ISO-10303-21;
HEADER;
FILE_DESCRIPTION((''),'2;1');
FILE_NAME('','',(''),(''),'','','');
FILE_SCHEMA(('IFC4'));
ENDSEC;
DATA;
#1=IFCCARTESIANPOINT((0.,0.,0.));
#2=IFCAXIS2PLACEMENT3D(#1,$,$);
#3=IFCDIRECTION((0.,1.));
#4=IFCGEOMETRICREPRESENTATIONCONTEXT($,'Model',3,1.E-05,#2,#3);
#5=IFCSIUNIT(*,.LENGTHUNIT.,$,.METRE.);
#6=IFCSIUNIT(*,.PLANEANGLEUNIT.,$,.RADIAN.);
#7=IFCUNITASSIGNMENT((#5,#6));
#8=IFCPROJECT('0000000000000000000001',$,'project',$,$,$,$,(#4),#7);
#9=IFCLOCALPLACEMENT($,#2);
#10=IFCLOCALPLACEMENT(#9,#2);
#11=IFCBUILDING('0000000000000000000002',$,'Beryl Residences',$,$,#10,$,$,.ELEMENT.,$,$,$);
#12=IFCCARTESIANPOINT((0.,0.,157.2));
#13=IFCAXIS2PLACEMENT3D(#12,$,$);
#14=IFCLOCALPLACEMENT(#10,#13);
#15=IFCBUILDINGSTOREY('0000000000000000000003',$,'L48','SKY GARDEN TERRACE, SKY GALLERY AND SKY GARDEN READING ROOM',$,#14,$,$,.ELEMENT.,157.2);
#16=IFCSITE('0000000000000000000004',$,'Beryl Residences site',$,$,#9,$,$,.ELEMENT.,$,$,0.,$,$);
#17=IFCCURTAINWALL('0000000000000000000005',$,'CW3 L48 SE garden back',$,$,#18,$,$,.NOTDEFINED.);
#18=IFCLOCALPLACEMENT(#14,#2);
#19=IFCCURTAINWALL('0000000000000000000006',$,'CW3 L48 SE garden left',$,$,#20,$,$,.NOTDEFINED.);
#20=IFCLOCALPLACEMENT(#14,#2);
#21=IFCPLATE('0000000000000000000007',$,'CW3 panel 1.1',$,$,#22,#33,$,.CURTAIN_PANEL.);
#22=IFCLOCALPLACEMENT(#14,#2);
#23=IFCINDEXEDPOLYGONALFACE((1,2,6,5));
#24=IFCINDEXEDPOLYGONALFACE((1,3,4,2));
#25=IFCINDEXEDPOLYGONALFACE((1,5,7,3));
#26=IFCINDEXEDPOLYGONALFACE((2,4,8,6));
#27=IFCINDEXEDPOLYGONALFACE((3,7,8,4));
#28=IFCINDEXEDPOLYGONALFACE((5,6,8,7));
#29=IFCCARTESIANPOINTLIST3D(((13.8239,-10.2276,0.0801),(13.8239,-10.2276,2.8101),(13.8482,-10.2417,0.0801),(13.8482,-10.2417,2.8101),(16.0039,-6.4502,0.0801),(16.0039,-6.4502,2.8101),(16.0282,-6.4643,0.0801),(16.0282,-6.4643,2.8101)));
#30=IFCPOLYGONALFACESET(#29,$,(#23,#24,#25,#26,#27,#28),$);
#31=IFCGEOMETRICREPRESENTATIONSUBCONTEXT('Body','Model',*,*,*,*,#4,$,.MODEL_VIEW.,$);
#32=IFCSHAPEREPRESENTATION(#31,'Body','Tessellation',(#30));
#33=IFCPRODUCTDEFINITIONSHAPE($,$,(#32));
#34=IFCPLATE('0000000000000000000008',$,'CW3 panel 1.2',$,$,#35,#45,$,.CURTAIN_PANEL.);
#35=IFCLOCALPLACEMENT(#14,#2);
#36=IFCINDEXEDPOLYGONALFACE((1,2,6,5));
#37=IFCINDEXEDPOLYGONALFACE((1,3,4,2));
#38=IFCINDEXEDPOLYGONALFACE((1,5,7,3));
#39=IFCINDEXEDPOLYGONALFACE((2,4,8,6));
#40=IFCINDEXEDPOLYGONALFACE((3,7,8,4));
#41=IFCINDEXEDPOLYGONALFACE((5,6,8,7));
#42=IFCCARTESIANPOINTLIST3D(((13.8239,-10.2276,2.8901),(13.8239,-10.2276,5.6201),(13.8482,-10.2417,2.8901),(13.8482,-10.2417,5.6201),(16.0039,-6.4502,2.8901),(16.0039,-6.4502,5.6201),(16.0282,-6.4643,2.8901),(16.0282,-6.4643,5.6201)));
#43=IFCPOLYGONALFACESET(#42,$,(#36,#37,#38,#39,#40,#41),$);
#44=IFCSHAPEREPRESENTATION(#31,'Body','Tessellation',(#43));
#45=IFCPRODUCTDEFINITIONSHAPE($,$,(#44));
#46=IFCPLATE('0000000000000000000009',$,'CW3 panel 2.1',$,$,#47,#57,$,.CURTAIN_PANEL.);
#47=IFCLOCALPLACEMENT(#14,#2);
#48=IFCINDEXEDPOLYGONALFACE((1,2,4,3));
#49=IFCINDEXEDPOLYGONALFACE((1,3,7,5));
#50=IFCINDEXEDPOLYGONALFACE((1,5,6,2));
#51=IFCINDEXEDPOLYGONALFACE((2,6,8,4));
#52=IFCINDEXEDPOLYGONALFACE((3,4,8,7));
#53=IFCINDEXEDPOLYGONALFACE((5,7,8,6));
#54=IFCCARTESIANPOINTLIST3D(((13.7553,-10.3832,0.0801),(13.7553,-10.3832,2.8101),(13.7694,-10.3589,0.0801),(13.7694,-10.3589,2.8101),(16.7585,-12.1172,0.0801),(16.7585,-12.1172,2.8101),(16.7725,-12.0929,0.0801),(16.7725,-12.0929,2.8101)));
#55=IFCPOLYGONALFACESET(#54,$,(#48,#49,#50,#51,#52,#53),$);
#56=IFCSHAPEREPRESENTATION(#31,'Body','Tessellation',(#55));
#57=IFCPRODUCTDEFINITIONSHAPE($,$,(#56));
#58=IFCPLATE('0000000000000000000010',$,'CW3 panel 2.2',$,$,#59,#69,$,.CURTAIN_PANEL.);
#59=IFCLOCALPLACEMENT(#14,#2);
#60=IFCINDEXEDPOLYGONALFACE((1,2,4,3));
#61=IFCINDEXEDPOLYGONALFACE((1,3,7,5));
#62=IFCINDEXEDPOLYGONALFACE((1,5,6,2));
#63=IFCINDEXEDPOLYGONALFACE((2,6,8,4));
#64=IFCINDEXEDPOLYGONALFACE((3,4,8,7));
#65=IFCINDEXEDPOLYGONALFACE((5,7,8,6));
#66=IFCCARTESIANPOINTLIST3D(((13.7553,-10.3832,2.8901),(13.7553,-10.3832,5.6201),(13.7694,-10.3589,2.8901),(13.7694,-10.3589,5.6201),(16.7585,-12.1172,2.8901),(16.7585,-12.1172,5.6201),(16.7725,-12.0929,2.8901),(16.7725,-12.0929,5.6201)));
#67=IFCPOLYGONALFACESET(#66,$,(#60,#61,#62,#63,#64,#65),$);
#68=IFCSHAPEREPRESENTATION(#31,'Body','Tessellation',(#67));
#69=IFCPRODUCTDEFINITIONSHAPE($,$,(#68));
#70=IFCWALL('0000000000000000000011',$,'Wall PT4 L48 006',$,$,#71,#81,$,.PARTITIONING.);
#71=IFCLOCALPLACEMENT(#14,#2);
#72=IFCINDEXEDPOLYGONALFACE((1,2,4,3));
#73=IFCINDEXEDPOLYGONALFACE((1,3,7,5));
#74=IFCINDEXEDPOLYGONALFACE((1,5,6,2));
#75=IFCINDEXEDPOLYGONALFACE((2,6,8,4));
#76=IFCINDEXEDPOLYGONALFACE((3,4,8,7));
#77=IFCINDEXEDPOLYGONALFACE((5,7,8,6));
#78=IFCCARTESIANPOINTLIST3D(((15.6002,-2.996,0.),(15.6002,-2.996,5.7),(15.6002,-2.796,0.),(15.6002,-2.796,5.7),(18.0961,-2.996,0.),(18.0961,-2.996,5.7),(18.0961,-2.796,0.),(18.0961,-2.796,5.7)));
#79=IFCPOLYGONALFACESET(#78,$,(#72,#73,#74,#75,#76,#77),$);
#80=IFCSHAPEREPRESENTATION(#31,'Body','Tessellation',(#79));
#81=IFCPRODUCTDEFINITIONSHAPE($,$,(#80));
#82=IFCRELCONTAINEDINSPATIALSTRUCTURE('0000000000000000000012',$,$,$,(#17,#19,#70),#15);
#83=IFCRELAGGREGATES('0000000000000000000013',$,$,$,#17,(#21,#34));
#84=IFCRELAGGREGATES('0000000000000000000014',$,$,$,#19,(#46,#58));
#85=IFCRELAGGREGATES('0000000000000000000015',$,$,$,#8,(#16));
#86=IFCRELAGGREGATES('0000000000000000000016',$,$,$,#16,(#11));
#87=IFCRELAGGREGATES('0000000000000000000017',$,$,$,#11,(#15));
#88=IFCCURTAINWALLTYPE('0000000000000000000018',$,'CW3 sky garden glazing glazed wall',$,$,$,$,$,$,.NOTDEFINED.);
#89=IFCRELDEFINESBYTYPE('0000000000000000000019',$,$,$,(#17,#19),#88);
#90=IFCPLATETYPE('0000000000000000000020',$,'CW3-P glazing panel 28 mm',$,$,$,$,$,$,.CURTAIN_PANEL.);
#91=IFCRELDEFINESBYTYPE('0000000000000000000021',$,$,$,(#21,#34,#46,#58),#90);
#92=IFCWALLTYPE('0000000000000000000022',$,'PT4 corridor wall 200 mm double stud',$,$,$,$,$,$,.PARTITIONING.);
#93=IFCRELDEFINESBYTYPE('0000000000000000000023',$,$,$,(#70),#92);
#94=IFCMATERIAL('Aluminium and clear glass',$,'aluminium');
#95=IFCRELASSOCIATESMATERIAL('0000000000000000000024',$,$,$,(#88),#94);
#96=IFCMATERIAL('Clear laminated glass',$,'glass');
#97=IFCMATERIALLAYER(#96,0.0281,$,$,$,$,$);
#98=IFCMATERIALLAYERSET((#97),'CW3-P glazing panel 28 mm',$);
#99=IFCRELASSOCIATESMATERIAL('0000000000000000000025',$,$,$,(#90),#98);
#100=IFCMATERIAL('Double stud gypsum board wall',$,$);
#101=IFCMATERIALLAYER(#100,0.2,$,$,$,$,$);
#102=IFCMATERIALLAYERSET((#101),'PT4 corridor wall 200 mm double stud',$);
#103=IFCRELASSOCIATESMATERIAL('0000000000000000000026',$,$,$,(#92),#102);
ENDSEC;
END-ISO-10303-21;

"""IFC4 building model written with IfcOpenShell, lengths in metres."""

from ifc_helpers import new_model, si_unit, direction, frame, frame_2d, origin, origin_2d, place, context, subcontext, project, spatial, rectangle, extrude, material, layer, layer_set, type_object, element, aggregate, save


model = new_model("IFC4")

# Units and contexts
model_context = context("Model", 3, precision=1e-05, world=origin(), true_north=direction((0.0, 1.0)))
body_context = subcontext(model_context, "Body", "Model", "MODEL_VIEW")
ifc_project = project(units=[si_unit("LENGTHUNIT", "METRE"), si_unit("PLANEANGLEUNIT", "RADIAN")], contexts=[model_context])

# Site, building, storey
site_placement = place(None, origin())
site = spatial("IfcSite", under=ifc_project, at=site_placement, Name="Beryl Residences site", CompositionType="ELEMENT", RefElevation=0.0)
building_placement = place(site_placement, origin())
building = spatial("IfcBuilding", under=site, at=building_placement, Name="Beryl Residences", CompositionType="ELEMENT")
storey_placement = place(building_placement, frame((0.0, 0.0, 157.2)))
storey = spatial("IfcBuildingStorey", under=building, at=storey_placement, Name="L48", Description="SKY GARDEN TERRACE, SKY GALLERY AND SKY GARDEN READING ROOM", CompositionType="ELEMENT", Elevation=157.2)

# Curtain wall
ifc_material_1 = material(Name="Aluminium and clear glass", Category="aluminium")
curtain_wall_type = type_object("IfcCurtainWallType", Name="CW3 sky garden glazing glazed wall", PredefinedType="NOTDEFINED", material=ifc_material_1)
curtain_wall_1_placement = place(storey_placement, origin())
curtain_wall_1 = element("IfcCurtainWall", 1, at=curtain_wall_1_placement, inside=storey, type_object=curtain_wall_type, Name="CW3 L48 SE garden back", PredefinedType="NOTDEFINED")

# Curtain wall
curtain_wall_2_placement = place(storey_placement, origin())
curtain_wall_2 = element("IfcCurtainWall", 2, at=curtain_wall_2_placement, inside=storey, type_object=curtain_wall_type, Name="CW3 L48 SE garden left", PredefinedType="NOTDEFINED")

# Plates
ifc_material_2 = material(Name="Clear laminated glass", Category="glass")
ifc_layer_1 = layer(ifc_material_2, 0.0281)
ifc_layer_set_1 = layer_set([ifc_layer_1], Name="CW3-P glazing panel 28 mm")
plate_type = type_object("IfcPlateType", Name="CW3-P glazing panel 28 mm", PredefinedType="CURTAIN_PANEL", material=ifc_layer_set_1)
plate_1_placement = place(storey_placement, frame((14.926, -8.3459, 0.0801), z_axis=(0.0, 0.0, 1.0), x_axis=(0.49985, 0.866112, 0.0)))
plate_1 = element("IfcPlate", 3, at=plate_1_placement, type_object=plate_type, Name="CW3 panel 1.1", PredefinedType="CURTAIN_PANEL", context=body_context, shape_type="SweptSolid", body=[
    extrude(rectangle(XDim=4.3613, YDim=0.0281, at=origin_2d()), origin(), (0.0, 0.0, 1.0), 2.73),
])
plate_2_placement = place(storey_placement, frame((14.926, -8.3459, 2.8901), z_axis=(0.0, 0.0, 1.0), x_axis=(0.49985, 0.866112, 0.0)))
plate_2 = element("IfcPlate", 4, at=plate_2_placement, type_object=plate_type, Name="CW3 panel 1.2", PredefinedType="CURTAIN_PANEL", context=body_context, shape_type="SweptSolid", body=[
    extrude(rectangle(XDim=4.3613, YDim=0.0281, at=origin_2d()), origin(), (0.0, 0.0, 1.0), 2.73),
])
aggregate(curtain_wall_1, [plate_1, plate_2])
plate_3_placement = place(storey_placement, frame((15.2639, -11.238, 0.0801), z_axis=(0.0, 0.0, 1.0), x_axis=(-0.866005, 0.500036, 0.0)))
plate_3 = element("IfcPlate", 5, at=plate_3_placement, type_object=plate_type, Name="CW3 panel 2.1", PredefinedType="CURTAIN_PANEL", context=body_context, shape_type="SweptSolid", body=[
    extrude(rectangle(XDim=3.4678, YDim=0.0281, at=origin_2d()), origin(), (0.0, 0.0, 1.0), 2.73),
])
plate_4_placement = place(storey_placement, frame((15.2639, -11.238, 2.8901), z_axis=(0.0, 0.0, 1.0), x_axis=(-0.866005, 0.500036, 0.0)))
plate_4 = element("IfcPlate", 6, at=plate_4_placement, type_object=plate_type, Name="CW3 panel 2.2", PredefinedType="CURTAIN_PANEL", context=body_context, shape_type="SweptSolid", body=[
    extrude(rectangle(XDim=3.4678, YDim=0.0281, at=origin_2d()), origin(), (0.0, 0.0, 1.0), 2.73),
])
aggregate(curtain_wall_2, [plate_3, plate_4])

# Wall
ifc_material_3 = material(Name="Double stud gypsum board wall")
ifc_layer_2 = layer(ifc_material_3, 0.2)
ifc_layer_set_2 = layer_set([ifc_layer_2], Name="PT4 corridor wall 200 mm double stud")
wall_type_1 = type_object("IfcWallType", Name="PT4 corridor wall 200 mm double stud", PredefinedType="PARTITIONING", material=ifc_layer_set_2)
wall_1_placement = place(storey_placement, frame((15.6001, -2.896, 0.0), z_axis=(0.0, 0.0, 1.0), x_axis=(1.0, 0.0, 0.0)))
element("IfcWall", 7, at=wall_1_placement, inside=storey, type_object=wall_type_1, Name="Wall PT4 L48 006", PredefinedType="PARTITIONING", context=body_context, shape_type="SweptSolid", body=[
    extrude(rectangle(XDim=2.4958, YDim=0.2, at=frame_2d((1.248, 0.0))), origin(), (0.0, 0.0, 1.0), 5.7),
])

save(model, "model.ifc")
